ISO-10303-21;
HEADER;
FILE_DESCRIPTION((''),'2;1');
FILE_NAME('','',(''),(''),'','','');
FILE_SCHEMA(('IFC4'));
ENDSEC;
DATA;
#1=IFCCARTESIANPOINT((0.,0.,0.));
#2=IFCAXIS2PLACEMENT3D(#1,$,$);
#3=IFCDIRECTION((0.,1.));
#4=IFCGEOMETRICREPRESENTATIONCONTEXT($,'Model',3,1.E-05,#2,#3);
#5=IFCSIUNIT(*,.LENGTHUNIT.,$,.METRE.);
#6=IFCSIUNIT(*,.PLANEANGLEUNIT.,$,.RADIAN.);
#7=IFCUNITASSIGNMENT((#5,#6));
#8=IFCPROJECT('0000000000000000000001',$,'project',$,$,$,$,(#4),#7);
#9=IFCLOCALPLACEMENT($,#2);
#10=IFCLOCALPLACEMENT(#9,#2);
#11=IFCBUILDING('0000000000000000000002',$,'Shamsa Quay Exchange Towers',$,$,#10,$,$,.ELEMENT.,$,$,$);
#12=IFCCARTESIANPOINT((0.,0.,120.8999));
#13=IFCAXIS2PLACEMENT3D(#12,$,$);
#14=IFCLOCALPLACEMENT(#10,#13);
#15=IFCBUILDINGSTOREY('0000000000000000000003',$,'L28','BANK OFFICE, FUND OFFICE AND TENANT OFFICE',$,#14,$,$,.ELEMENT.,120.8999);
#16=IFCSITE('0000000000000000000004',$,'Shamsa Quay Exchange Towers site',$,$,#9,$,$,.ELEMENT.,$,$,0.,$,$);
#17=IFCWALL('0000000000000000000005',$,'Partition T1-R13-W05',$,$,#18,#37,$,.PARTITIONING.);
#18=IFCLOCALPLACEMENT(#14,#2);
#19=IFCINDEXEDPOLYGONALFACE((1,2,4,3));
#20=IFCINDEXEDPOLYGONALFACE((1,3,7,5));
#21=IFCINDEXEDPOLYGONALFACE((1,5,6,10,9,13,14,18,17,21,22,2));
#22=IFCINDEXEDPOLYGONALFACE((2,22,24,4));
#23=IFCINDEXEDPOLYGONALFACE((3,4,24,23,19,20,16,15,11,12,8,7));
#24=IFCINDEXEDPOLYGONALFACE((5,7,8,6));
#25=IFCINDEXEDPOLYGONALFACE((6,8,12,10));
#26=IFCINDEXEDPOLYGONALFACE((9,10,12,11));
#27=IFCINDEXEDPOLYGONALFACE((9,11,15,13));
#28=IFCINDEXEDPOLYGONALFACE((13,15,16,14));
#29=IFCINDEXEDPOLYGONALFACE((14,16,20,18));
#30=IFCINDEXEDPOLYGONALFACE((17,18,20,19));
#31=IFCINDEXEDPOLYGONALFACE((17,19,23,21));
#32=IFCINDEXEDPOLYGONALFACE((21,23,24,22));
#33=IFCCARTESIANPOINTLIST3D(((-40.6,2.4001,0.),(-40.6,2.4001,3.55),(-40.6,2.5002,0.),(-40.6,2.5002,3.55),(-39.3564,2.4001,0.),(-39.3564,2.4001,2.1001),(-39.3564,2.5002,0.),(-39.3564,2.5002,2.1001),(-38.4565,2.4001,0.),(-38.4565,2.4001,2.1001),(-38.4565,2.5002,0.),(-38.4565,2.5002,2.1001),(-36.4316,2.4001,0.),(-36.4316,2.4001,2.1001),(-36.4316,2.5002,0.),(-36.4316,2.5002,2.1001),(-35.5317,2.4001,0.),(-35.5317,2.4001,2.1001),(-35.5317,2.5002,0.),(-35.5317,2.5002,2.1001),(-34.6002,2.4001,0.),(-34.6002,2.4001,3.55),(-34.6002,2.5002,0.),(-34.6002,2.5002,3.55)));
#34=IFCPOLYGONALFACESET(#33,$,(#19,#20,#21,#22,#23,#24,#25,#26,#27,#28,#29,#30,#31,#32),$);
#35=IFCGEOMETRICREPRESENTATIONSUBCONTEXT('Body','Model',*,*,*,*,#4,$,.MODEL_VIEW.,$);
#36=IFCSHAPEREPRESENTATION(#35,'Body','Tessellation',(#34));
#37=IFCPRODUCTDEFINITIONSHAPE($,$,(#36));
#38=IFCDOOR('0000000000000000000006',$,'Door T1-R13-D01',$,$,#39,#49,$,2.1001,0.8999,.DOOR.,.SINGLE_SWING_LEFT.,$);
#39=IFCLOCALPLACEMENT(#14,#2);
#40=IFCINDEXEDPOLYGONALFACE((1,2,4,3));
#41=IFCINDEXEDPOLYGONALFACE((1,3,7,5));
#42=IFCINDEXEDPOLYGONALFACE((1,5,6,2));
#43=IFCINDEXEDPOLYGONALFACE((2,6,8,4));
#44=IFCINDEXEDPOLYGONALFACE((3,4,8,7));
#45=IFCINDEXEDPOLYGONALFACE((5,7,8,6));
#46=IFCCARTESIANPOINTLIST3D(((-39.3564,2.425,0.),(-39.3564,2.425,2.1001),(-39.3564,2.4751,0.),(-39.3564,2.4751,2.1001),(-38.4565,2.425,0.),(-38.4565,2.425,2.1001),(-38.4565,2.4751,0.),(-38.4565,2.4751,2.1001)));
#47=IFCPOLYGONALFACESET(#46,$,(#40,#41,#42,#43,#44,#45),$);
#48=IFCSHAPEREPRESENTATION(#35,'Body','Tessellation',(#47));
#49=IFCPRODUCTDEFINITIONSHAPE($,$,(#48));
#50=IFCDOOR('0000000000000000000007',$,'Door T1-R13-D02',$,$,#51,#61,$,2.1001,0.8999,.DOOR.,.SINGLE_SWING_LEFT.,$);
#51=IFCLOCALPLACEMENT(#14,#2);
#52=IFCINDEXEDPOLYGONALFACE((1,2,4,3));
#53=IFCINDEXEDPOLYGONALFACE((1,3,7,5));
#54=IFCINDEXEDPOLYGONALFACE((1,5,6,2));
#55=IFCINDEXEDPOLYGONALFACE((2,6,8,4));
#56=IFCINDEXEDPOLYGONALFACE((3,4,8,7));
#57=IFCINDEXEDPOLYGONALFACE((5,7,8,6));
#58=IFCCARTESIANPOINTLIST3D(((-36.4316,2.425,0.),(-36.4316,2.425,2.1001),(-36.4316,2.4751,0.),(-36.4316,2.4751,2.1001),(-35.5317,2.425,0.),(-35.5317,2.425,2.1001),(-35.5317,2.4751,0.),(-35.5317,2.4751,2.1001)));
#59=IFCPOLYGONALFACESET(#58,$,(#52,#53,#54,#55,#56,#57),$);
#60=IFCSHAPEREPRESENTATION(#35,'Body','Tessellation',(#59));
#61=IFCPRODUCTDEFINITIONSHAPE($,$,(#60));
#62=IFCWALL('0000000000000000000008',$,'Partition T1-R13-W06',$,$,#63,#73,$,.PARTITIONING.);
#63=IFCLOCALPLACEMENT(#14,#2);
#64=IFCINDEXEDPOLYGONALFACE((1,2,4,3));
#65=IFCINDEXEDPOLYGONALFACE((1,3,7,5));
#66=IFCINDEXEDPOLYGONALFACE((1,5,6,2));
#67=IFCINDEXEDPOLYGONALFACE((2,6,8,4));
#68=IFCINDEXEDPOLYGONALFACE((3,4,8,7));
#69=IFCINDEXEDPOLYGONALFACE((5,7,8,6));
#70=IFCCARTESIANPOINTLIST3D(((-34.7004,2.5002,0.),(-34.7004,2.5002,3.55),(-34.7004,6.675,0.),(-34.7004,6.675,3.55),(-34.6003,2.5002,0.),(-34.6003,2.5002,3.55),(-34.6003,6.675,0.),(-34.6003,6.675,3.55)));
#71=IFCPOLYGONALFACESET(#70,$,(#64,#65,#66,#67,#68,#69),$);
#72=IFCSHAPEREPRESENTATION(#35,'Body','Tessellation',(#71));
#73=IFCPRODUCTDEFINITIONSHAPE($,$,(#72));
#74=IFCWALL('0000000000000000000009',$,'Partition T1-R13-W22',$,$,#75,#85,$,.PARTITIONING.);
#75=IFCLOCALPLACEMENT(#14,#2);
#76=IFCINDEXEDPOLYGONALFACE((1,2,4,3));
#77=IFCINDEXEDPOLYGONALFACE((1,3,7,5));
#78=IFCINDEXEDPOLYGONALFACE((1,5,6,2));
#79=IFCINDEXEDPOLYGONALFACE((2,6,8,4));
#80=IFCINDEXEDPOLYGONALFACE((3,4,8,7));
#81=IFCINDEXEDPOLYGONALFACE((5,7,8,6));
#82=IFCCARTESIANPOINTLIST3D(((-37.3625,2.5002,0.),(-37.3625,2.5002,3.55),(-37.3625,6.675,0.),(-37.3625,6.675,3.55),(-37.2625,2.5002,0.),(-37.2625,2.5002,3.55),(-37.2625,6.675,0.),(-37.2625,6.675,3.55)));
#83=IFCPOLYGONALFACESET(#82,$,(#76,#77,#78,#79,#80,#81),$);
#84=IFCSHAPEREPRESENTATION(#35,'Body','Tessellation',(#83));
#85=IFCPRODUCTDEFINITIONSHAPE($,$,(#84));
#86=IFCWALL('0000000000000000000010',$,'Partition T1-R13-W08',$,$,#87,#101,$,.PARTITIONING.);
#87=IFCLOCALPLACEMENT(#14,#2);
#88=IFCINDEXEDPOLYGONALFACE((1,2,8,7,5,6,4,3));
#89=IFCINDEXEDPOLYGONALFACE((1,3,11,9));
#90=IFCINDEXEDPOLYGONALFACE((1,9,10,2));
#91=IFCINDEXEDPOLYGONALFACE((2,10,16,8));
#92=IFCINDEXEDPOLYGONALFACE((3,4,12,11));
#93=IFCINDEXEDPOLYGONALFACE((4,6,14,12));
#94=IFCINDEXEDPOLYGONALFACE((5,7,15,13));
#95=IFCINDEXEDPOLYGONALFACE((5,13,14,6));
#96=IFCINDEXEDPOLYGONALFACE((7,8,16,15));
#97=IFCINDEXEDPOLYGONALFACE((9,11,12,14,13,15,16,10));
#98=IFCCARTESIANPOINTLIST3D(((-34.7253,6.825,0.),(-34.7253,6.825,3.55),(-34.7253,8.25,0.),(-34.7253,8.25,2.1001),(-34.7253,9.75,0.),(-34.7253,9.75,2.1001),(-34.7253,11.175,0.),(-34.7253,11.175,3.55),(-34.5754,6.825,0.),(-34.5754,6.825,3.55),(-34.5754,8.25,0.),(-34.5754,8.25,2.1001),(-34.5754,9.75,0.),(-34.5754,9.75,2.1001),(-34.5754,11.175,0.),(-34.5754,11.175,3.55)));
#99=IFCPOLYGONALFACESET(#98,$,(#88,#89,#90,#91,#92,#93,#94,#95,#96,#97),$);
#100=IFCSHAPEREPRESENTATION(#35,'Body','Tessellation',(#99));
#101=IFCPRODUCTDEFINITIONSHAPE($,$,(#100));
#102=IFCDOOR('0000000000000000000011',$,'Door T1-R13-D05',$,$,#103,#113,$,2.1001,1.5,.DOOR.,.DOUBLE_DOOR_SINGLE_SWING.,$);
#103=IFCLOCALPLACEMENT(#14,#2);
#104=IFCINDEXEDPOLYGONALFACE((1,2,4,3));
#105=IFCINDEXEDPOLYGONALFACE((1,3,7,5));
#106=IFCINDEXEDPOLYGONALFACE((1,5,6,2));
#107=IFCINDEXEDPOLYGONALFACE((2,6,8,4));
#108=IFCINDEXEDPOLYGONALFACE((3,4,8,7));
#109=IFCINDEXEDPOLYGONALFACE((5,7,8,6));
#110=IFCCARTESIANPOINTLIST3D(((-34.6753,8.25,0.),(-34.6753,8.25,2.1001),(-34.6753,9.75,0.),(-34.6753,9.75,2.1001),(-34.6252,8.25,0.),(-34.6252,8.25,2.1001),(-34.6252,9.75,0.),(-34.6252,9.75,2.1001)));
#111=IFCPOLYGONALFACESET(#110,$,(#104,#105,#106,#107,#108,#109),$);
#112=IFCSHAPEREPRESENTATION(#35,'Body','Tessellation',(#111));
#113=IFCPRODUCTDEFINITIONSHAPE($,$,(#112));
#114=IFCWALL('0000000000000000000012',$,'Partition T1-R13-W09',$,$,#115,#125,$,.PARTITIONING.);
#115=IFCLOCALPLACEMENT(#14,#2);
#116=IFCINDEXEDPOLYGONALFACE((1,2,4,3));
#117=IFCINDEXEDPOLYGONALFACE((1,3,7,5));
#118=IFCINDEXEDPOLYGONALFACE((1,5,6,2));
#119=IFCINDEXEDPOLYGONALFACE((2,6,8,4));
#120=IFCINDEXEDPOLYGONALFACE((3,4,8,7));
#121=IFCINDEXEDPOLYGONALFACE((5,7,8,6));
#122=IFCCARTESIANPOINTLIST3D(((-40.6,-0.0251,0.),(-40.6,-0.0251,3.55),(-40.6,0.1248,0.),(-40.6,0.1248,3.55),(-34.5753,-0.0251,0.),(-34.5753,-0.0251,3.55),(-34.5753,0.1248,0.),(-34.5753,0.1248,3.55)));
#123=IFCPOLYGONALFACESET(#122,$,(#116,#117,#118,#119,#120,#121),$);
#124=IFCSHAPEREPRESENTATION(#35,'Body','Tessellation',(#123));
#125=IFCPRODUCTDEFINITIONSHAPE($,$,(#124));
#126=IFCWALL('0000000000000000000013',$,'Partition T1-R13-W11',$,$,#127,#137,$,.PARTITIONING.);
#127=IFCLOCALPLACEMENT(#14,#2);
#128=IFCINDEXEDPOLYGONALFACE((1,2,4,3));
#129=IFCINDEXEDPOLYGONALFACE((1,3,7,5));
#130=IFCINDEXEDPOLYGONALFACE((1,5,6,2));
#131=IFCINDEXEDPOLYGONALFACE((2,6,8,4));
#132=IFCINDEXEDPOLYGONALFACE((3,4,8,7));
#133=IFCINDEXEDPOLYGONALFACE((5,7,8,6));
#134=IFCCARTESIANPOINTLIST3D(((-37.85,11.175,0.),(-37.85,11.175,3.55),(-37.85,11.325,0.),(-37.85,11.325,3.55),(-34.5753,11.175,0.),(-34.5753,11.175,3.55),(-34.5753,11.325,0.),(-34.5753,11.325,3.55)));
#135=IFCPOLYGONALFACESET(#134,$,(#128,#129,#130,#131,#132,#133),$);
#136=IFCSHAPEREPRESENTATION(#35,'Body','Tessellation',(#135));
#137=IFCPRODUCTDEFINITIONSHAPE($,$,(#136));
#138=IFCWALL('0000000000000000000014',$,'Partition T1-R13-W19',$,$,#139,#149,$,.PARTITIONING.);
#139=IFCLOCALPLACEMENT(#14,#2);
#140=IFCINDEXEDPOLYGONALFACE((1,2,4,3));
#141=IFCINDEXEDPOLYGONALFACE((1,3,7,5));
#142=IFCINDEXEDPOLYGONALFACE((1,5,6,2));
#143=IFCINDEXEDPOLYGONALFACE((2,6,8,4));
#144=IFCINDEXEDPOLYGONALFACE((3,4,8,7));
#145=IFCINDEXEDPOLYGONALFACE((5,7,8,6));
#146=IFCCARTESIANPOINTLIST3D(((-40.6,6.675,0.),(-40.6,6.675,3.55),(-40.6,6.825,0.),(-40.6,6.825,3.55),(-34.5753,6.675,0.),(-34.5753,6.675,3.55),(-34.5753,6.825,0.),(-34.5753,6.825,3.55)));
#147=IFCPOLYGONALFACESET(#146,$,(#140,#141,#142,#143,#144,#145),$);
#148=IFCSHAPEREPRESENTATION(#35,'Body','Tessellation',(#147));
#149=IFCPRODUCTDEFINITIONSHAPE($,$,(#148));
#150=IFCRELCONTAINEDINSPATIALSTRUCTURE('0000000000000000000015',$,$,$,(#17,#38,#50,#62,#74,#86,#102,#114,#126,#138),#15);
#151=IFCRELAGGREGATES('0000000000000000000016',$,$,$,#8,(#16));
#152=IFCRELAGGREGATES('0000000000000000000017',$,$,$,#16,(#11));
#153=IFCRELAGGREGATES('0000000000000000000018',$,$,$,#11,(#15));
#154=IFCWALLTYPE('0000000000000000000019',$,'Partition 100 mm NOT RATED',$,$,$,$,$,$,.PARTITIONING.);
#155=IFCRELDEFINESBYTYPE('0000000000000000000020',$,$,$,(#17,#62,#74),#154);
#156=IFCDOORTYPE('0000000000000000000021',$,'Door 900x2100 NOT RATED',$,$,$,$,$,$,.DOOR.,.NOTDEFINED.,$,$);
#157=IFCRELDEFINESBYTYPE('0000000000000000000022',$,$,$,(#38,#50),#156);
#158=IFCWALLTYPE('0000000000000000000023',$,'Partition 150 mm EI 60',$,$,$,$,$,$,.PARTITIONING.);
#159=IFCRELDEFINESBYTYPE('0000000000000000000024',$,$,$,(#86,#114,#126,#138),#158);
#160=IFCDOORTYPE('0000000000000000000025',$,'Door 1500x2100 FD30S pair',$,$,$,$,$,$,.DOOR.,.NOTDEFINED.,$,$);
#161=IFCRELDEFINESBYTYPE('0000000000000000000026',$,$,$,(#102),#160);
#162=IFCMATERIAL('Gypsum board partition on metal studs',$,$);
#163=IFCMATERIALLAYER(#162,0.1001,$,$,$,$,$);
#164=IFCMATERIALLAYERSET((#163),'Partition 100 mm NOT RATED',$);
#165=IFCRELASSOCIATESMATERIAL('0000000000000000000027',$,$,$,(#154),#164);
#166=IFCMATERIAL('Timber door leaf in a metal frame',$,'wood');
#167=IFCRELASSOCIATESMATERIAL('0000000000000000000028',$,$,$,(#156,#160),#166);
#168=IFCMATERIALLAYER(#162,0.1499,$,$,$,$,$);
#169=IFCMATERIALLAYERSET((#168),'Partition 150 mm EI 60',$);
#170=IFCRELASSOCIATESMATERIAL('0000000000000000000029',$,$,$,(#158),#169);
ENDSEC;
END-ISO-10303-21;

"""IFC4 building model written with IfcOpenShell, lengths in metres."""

from ifc_helpers import new_model, si_unit, direction, frame, frame_2d, origin, place, context, subcontext, project, spatial, rectangle, extrude, material, layer, layer_set, type_object, element, fill, save


model = new_model("IFC4")

# Units and contexts
model_context = context("Model", 3, precision=1e-05, world=origin(), true_north=direction((0.0, 1.0)))
body_context = subcontext(model_context, "Body", "Model", "MODEL_VIEW")
ifc_project = project(units=[si_unit("LENGTHUNIT", "METRE"), si_unit("PLANEANGLEUNIT", "RADIAN")], contexts=[model_context])

# Site, building, storey
site_placement = place(None, origin())
site = spatial("IfcSite", under=ifc_project, at=site_placement, Name="Shamsa Quay Exchange Towers site", CompositionType="ELEMENT", RefElevation=0.0)
building_placement = place(site_placement, origin())
building = spatial("IfcBuilding", under=site, at=building_placement, Name="Shamsa Quay Exchange Towers", CompositionType="ELEMENT")
storey_placement = place(building_placement, frame((0.0, 0.0, 120.8999)))
storey = spatial("IfcBuildingStorey", under=building, at=storey_placement, Name="L28", Description="BANK OFFICE, FUND OFFICE AND TENANT OFFICE", CompositionType="ELEMENT", Elevation=120.8999)

# Shared definitions
ifc_material_1 = material(Name="Timber door leaf in a metal frame", Category="wood")

# Wall, openings, doors
ifc_material_2 = material(Name="Gypsum board partition on metal studs")
ifc_layer_1 = layer(ifc_material_2, 0.1001)
ifc_layer_set_1 = layer_set([ifc_layer_1], Name="Partition 100 mm NOT RATED")
wall_type_1 = type_object("IfcWallType", Name="Partition 100 mm NOT RATED", PredefinedType="PARTITIONING", material=ifc_layer_set_1)
wall_1_placement = place(storey_placement, frame((-40.6001, 2.4502, 0.0)))
wall_1 = element("IfcWall", 1, at=wall_1_placement, inside=storey, type_object=wall_type_1, Name="Partition T1-R13-W05", PredefinedType="PARTITIONING", context=body_context, shape_type="SweptSolid", body=[
    extrude(rectangle(XDim=5.9998, YDim=0.1001, at=frame_2d((3.0, 0.0))), origin(), (0.0, 0.0, 1.0), 3.55),
])
opening_1_placement = place(wall_1_placement, frame((1.2437, 0.0, 0.0)))
opening_1 = element("IfcOpeningElement", 2, at=opening_1_placement, cuts=wall_1, PredefinedType="OPENING", context=body_context, shape_type="SweptSolid", body=[
    extrude(rectangle(XDim=0.8999, YDim=2.1001, at=frame_2d((0.45, 1.05))), frame((0.0, 0.0601, 0.0), z_axis=(0.0, -1.0, 0.0), x_axis=(1.0, 0.0, 0.0)), (0.0, 0.0, 1.0), 0.1201),
])
opening_2_placement = place(wall_1_placement, frame((4.1685, 0.0, 0.0)))
opening_2 = element("IfcOpeningElement", 3, at=opening_2_placement, cuts=wall_1, PredefinedType="OPENING", context=body_context, shape_type="SweptSolid", body=[
    extrude(rectangle(XDim=0.8999, YDim=2.1001, at=frame_2d((0.45, 1.05))), frame((0.0, 0.0601, 0.0), z_axis=(0.0, -1.0, 0.0), x_axis=(1.0, 0.0, 0.0)), (0.0, 0.0, 1.0), 0.1201),
])
door_type_1 = type_object("IfcDoorType", Name="Door 900x2100 NOT RATED", OperationType="NOTDEFINED", PredefinedType="DOOR", material=ifc_material_1)
door_1_placement = place(opening_1_placement, origin())
door_1 = element("IfcDoor", 4, at=door_1_placement, inside=storey, type_object=door_type_1, Name="Door T1-R13-D01", OperationType="SINGLE_SWING_LEFT", OverallHeight=2.1001, OverallWidth=0.8999, PredefinedType="DOOR", context=body_context, shape_type="SweptSolid", body=[
    extrude(rectangle(XDim=0.8999, YDim=2.1001, at=frame_2d((0.45, 1.05))), frame((0.0, 0.0249, 0.0), z_axis=(0.0, -1.0, 0.0), x_axis=(1.0, 0.0, 0.0)), (0.0, 0.0, 1.0), 0.05),
])
fill(opening_1, door_1)
door_2_placement = place(opening_2_placement, origin())
door_2 = element("IfcDoor", 5, at=door_2_placement, inside=storey, type_object=door_type_1, Name="Door T1-R13-D02", OperationType="SINGLE_SWING_LEFT", OverallHeight=2.1001, OverallWidth=0.8999, PredefinedType="DOOR", context=body_context, shape_type="SweptSolid", body=[
    extrude(rectangle(XDim=0.8999, YDim=2.1001, at=frame_2d((0.45, 1.05))), frame((0.0, 0.0249, 0.0), z_axis=(0.0, -1.0, 0.0), x_axis=(1.0, 0.0, 0.0)), (0.0, 0.0, 1.0), 0.05),
])
fill(opening_2, door_2)

# Walls
for number, where, z_axis, x_axis, name in (
    (6, (-34.6504, 2.5002, 0.0), (0.0, 0.0, 1.0), (0.0, 1.0, 0.0), "Partition T1-R13-W06"),
    (7, (-37.3125, 2.5002, 0.0), (0.0, 0.0, 1.0), (0.0, 1.0, 0.0), "Partition T1-R13-W22"),
):
    element("IfcWall", number, at=place(storey_placement, frame(where, z_axis=z_axis, x_axis=x_axis)), inside=storey, type_object=wall_type_1, Name=name, PredefinedType="PARTITIONING", context=body_context, shape_type="SweptSolid", body=[
        extrude(rectangle(XDim=4.1748, YDim=0.1001, at=frame_2d((2.0874, 0.0))), origin(), (0.0, 0.0, 1.0), 3.55),
    ])

# Wall, opening, door
ifc_layer_2 = layer(ifc_material_2, 0.1499)
ifc_layer_set_2 = layer_set([ifc_layer_2], Name="Partition 150 mm EI 60")
wall_type_2 = type_object("IfcWallType", Name="Partition 150 mm EI 60", PredefinedType="PARTITIONING", material=ifc_layer_set_2)
wall_2_placement = place(storey_placement, frame((-34.6504, 6.825, 0.0), z_axis=(0.0, 0.0, 1.0), x_axis=(0.0, 1.0, 0.0)))
wall_2 = element("IfcWall", 8, at=wall_2_placement, inside=storey, type_object=wall_type_2, Name="Partition T1-R13-W08", PredefinedType="PARTITIONING", context=body_context, shape_type="SweptSolid", body=[
    extrude(rectangle(XDim=4.3501, YDim=0.1499, at=frame_2d((2.175, 0.0))), origin(), (0.0, 0.0, 1.0), 3.55),
])
opening_3_placement = place(wall_2_placement, frame((1.425, 0.0, 0.0)))
opening_3 = element("IfcOpeningElement", 9, at=opening_3_placement, cuts=wall_2, PredefinedType="OPENING", context=body_context, shape_type="SweptSolid", body=[
    extrude(rectangle(XDim=1.5, YDim=2.1001, at=frame_2d((0.75, 1.05))), frame((0.0, 0.085, 0.0), z_axis=(0.0, -1.0, 0.0), x_axis=(1.0, 0.0, 0.0)), (0.0, 0.0, 1.0), 0.1699),
])
door_type_2 = type_object("IfcDoorType", Name="Door 1500x2100 FD30S pair", OperationType="NOTDEFINED", PredefinedType="DOOR", material=ifc_material_1)
door_3_placement = place(opening_3_placement, origin())
door_3 = element("IfcDoor", 10, at=door_3_placement, inside=storey, type_object=door_type_2, Name="Door T1-R13-D05", OperationType="DOUBLE_DOOR_SINGLE_SWING", OverallHeight=2.1001, OverallWidth=1.5, PredefinedType="DOOR", context=body_context, shape_type="SweptSolid", body=[
    extrude(rectangle(XDim=1.5, YDim=2.1001, at=frame_2d((0.75, 1.05))), frame((0.0, 0.0249, 0.0), z_axis=(0.0, -1.0, 0.0), x_axis=(1.0, 0.0, 0.0)), (0.0, 0.0, 1.0), 0.05),
])
fill(opening_3, door_3)

# Walls
wall_3_placement = place(storey_placement, frame((-34.5754, 0.0498, 0.0), z_axis=(0.0, 0.0, 1.0), x_axis=(-1.0, 0.0, 0.0)))
element("IfcWall", 11, at=wall_3_placement, inside=storey, type_object=wall_type_2, Name="Partition T1-R13-W09", PredefinedType="PARTITIONING", context=body_context, shape_type="SweptSolid", body=[
    extrude(rectangle(XDim=6.0247, YDim=0.1499, at=frame_2d((3.0122, 0.0))), origin(), (0.0, 0.0, 1.0), 3.55),
])
wall_4_placement = place(storey_placement, frame((-34.5754, 11.25, 0.0), z_axis=(0.0, 0.0, 1.0), x_axis=(-1.0, 0.0, 0.0)))
element("IfcWall", 12, at=wall_4_placement, inside=storey, type_object=wall_type_2, Name="Partition T1-R13-W11", PredefinedType="PARTITIONING", context=body_context, shape_type="SweptSolid", body=[
    extrude(rectangle(XDim=3.2747, YDim=0.1499, at=frame_2d((1.6372, 0.0))), origin(), (0.0, 0.0, 1.0), 3.55),
])

# Wall
wall_5_placement = place(storey_placement, frame((-34.5754, 6.75, 0.0), z_axis=(0.0, 0.0, 1.0), x_axis=(-1.0, 0.0, 0.0)))
element("IfcWall", 13, at=wall_5_placement, inside=storey, type_object=wall_type_2, Name="Partition T1-R13-W19", PredefinedType="PARTITIONING", context=body_context, shape_type="SweptSolid", body=[
    extrude(rectangle(XDim=6.0247, YDim=0.1499, at=frame_2d((3.0122, 0.0))), origin(), (0.0, 0.0, 1.0), 3.55),
])

save(model, "model.ifc")
